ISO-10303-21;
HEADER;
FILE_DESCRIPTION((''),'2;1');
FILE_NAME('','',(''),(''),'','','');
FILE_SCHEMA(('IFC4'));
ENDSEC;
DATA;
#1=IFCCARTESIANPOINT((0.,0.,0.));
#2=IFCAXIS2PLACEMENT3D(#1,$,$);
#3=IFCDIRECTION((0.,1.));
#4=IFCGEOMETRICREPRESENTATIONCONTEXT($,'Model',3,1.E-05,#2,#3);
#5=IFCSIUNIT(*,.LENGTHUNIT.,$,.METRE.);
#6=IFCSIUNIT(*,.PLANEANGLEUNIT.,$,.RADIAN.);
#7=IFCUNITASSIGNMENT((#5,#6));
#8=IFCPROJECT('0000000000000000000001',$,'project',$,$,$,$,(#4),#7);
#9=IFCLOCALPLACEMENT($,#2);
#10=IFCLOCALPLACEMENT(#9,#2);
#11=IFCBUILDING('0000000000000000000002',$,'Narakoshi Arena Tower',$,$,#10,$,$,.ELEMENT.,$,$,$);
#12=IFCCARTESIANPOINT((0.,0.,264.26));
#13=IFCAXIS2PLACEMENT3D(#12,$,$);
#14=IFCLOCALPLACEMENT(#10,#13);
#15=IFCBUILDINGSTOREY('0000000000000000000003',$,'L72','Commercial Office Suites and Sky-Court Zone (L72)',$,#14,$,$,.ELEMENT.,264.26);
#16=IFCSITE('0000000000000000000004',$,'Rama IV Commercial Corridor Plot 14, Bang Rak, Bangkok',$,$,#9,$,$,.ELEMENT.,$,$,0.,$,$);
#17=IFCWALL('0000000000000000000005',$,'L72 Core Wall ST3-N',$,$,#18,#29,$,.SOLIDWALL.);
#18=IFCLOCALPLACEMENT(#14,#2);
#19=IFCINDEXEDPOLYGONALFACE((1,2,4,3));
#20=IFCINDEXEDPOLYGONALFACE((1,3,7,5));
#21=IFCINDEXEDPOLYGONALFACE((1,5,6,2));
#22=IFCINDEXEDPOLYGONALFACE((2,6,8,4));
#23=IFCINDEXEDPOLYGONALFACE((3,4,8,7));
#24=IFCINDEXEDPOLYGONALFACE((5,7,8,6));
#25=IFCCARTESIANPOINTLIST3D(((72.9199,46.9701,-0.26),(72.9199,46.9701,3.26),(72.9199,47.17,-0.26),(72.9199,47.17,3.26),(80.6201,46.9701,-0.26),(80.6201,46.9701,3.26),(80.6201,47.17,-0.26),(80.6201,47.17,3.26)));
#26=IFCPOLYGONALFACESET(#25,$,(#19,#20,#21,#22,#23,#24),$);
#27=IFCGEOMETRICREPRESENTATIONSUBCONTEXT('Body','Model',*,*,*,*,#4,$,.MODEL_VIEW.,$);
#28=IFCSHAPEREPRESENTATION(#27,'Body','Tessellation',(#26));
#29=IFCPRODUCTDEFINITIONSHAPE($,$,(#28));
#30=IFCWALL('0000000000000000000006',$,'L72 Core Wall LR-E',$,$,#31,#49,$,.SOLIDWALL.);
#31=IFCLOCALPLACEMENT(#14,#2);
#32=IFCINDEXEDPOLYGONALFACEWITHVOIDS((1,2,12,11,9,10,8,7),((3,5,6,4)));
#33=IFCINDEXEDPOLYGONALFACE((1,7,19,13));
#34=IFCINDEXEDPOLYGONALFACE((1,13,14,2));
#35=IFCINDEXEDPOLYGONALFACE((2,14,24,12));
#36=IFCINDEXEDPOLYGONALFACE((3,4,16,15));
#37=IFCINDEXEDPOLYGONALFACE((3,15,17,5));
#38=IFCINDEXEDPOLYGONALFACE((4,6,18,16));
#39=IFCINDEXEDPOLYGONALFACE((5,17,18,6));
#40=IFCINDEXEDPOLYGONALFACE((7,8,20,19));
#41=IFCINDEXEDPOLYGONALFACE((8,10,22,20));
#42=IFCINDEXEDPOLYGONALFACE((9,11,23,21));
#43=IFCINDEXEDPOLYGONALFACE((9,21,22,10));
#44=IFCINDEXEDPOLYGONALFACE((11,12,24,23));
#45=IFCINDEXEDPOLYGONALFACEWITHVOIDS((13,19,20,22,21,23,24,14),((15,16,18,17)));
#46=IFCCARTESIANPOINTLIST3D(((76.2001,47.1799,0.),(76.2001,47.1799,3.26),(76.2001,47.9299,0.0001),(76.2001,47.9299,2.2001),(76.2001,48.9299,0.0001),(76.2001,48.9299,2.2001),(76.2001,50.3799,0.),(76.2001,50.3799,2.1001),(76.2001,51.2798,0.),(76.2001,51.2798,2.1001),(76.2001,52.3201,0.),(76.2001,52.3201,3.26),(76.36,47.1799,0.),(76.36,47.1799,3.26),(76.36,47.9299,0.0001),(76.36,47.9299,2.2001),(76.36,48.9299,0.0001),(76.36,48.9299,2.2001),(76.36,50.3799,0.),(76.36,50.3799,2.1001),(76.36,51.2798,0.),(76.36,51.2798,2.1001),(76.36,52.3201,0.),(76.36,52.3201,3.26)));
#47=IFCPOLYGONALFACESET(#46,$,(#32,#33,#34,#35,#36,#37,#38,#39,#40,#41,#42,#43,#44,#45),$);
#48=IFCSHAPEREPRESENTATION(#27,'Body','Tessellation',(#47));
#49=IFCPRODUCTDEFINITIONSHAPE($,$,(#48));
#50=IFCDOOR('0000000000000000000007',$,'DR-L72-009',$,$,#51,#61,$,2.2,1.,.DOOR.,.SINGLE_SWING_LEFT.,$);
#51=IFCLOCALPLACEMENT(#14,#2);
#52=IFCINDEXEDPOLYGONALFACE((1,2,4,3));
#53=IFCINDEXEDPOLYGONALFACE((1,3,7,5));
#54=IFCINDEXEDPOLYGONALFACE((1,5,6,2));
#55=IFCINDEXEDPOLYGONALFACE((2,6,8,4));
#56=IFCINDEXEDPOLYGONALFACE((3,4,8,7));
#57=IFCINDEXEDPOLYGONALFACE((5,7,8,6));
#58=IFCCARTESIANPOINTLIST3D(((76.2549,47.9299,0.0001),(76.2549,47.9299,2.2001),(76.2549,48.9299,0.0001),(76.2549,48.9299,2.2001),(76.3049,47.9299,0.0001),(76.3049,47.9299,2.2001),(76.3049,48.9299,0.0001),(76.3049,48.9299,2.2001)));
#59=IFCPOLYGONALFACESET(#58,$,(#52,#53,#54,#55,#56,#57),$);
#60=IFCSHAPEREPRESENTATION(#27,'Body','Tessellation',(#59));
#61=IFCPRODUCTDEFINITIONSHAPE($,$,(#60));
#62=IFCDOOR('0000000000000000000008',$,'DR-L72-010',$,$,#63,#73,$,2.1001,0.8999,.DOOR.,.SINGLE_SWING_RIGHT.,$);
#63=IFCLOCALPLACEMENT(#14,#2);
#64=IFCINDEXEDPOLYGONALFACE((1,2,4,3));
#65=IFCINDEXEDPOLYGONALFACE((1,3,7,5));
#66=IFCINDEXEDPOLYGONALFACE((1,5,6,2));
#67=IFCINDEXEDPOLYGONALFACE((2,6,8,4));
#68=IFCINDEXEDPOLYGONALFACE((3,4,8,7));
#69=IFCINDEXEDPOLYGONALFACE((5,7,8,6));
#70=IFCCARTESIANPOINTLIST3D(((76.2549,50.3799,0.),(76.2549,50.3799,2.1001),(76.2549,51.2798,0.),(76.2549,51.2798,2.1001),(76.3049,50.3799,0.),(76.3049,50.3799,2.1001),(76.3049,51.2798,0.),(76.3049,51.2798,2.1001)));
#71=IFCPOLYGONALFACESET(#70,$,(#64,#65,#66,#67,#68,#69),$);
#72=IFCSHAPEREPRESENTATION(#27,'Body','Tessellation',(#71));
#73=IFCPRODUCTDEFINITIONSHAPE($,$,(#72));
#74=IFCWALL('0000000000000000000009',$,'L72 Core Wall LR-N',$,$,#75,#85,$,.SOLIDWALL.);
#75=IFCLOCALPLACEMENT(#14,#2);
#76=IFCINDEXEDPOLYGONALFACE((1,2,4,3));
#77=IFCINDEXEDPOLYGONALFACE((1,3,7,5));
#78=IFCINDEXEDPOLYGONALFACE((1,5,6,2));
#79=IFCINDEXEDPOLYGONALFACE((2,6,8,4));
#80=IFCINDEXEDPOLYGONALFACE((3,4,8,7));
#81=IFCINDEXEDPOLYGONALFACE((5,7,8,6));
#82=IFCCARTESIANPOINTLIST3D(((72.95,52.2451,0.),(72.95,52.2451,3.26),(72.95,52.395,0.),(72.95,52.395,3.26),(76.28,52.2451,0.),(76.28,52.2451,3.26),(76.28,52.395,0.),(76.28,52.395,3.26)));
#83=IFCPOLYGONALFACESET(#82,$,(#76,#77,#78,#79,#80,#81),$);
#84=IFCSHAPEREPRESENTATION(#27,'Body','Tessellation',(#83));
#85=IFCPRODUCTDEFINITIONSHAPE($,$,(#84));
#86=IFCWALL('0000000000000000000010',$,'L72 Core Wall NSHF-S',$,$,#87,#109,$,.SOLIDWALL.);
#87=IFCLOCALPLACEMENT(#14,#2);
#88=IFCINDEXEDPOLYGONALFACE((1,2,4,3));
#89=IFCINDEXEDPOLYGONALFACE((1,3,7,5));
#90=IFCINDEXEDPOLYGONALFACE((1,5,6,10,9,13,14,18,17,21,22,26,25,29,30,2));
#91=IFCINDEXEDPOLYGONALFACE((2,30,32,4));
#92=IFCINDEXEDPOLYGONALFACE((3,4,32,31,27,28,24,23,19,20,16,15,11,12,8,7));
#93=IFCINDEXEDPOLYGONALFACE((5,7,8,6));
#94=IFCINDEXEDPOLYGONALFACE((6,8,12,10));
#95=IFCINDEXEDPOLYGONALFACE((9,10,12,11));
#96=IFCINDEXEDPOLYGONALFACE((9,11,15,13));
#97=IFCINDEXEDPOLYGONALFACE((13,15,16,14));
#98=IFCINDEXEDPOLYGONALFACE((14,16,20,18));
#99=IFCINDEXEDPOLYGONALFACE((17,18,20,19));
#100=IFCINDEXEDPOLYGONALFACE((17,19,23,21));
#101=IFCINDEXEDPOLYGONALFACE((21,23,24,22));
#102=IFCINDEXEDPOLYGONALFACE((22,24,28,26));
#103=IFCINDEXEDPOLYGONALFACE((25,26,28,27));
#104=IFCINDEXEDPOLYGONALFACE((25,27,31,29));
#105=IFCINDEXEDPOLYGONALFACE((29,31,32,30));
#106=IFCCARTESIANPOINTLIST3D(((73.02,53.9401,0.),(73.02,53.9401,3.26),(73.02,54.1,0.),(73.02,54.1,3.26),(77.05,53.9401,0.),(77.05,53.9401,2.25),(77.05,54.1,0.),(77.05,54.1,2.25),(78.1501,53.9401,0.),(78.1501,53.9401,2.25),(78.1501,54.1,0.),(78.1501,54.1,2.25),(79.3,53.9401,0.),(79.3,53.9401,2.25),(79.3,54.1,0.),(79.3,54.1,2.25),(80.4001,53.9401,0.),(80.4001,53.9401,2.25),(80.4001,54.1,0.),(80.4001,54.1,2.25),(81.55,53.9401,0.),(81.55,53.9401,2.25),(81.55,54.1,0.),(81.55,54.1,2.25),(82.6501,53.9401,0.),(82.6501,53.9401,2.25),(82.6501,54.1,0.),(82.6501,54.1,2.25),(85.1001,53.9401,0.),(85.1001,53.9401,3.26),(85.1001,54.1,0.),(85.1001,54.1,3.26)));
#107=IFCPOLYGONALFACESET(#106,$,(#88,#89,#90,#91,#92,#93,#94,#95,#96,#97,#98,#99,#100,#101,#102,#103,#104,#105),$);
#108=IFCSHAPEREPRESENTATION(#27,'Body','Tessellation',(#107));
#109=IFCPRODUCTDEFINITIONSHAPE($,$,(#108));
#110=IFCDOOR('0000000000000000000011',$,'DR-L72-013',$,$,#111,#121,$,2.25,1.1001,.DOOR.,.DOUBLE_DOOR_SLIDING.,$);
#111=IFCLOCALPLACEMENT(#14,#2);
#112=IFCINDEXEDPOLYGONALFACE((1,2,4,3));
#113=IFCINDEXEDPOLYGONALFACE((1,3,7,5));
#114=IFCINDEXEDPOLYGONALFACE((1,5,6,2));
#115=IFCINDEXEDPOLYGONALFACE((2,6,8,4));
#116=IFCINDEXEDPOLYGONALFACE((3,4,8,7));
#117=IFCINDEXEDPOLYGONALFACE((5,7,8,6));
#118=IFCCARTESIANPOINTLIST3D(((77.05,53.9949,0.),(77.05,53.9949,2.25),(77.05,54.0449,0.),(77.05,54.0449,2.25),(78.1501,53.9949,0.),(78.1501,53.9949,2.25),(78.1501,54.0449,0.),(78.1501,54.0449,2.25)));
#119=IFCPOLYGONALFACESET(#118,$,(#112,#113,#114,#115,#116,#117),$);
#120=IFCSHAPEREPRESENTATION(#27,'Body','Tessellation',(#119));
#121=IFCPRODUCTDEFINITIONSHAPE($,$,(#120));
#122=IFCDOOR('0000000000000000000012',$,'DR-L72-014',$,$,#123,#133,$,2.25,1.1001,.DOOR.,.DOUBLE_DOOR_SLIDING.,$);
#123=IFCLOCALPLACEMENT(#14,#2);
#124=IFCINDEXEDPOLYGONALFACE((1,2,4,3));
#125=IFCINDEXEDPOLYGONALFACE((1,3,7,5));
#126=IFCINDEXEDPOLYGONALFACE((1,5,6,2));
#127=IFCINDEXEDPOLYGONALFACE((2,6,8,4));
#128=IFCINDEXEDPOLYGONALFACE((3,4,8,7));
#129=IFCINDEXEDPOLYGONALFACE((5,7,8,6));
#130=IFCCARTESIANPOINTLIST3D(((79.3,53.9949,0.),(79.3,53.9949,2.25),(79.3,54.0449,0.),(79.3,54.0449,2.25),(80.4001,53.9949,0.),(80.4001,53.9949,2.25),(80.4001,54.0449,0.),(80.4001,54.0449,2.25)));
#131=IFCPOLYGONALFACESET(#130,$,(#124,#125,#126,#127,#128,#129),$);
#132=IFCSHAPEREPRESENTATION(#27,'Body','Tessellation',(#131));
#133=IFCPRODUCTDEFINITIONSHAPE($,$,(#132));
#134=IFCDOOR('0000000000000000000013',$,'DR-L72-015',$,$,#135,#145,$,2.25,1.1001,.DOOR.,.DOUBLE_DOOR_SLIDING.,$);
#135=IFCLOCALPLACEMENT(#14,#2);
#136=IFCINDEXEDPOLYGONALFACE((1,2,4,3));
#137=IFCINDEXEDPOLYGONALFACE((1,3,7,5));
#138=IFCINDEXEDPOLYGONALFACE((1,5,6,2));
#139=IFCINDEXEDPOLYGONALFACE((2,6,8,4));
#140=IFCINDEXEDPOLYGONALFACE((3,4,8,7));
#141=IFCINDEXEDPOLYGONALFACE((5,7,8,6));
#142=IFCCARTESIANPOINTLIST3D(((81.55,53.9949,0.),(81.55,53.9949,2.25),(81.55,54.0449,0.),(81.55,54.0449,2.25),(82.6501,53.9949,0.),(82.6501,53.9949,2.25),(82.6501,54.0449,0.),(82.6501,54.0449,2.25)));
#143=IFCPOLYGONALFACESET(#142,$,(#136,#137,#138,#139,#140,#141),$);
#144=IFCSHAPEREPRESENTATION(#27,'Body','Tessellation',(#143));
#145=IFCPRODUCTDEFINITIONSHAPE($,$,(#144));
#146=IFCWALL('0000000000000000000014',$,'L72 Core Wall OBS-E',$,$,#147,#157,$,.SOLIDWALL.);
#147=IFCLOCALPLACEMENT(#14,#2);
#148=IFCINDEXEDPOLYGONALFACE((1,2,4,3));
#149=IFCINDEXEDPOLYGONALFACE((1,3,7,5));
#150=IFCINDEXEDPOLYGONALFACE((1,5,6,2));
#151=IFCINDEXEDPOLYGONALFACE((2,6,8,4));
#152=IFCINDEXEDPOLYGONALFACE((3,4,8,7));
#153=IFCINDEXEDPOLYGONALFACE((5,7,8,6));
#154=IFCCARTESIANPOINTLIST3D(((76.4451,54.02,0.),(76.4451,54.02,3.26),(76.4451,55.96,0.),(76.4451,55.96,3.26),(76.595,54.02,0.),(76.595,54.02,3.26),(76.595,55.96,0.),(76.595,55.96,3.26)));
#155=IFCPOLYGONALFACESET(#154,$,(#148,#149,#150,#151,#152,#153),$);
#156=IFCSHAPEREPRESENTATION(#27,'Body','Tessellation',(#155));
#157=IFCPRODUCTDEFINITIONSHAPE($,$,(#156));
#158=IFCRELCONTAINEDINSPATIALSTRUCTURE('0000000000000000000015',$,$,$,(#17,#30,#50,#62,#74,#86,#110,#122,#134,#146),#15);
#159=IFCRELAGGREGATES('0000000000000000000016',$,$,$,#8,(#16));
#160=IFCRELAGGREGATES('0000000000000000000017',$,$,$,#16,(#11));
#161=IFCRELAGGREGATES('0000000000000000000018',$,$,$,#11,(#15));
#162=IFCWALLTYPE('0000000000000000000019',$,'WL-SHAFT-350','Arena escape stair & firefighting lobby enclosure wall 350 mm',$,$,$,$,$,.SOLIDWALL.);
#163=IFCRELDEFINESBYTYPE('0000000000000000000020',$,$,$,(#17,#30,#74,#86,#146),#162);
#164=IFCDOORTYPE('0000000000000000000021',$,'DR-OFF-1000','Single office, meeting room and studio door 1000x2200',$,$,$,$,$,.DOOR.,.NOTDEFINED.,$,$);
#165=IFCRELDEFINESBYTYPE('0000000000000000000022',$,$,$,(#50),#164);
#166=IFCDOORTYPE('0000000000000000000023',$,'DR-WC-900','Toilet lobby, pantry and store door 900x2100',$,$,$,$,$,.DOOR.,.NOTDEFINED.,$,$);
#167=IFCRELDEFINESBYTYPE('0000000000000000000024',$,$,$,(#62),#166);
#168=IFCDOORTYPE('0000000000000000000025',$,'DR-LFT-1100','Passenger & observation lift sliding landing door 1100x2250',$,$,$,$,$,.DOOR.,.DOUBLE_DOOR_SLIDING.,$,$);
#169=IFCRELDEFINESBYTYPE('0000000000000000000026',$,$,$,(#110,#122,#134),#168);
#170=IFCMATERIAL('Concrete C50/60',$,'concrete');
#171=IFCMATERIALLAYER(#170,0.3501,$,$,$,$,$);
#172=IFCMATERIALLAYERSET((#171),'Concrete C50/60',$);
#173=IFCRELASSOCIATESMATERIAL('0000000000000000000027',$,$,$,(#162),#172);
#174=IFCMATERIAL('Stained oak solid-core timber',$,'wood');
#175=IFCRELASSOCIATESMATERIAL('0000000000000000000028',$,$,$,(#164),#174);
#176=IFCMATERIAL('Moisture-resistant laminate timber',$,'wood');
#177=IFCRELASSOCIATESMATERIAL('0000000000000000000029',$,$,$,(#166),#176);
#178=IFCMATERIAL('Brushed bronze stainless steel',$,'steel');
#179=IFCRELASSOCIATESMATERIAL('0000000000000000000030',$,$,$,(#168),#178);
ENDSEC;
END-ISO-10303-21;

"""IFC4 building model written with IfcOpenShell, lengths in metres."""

from ifc_helpers import new_model, si_unit, direction, frame, frame_2d, origin, place, context, subcontext, project, spatial, rectangle, extrude, material, layer, layer_set, type_object, element, fill, save


model = new_model("IFC4")

# Units and contexts
model_context = context("Model", 3, precision=1e-05, world=origin(), true_north=direction((0.0, 1.0)))
body_context = subcontext(model_context, "Body", "Model", "MODEL_VIEW")
ifc_project = project(units=[si_unit("LENGTHUNIT", "METRE"), si_unit("PLANEANGLEUNIT", "RADIAN")], contexts=[model_context])

# Site, building, storey
site_placement = place(None, origin())
site = spatial("IfcSite", under=ifc_project, at=site_placement, Name="Rama IV Commercial Corridor Plot 14, Bang Rak, Bangkok", CompositionType="ELEMENT", RefElevation=0.0)
building_placement = place(site_placement, origin())
building = spatial("IfcBuilding", under=site, at=building_placement, Name="Narakoshi Arena Tower", CompositionType="ELEMENT")
storey_placement = place(building_placement, frame((0.0, 0.0, 264.26)))
storey = spatial("IfcBuildingStorey", under=building, at=storey_placement, Name="L72", Description="Commercial Office Suites and Sky-Court Zone (L72)", CompositionType="ELEMENT", Elevation=264.26)

# Wall
ifc_material_1 = material(Name="Concrete C50/60", Category="concrete")
ifc_layer_1 = layer(ifc_material_1, 0.3501)
ifc_layer_set_1 = layer_set([ifc_layer_1], Name="Concrete C50/60")
wall_type_1 = type_object("IfcWallType", Name="WL-SHAFT-350", Description="Arena escape stair & firefighting lobby enclosure wall 350 mm", PredefinedType="SOLIDWALL", material=ifc_layer_set_1)
wall_1_placement = place(storey_placement, frame((72.9199, 47.0701, -0.26), z_axis=(0.0, 0.0, 1.0), x_axis=(1.0, 0.0, 0.0)))
element("IfcWall", 1, at=wall_1_placement, inside=storey, type_object=wall_type_1, Name="L72 Core Wall ST3-N", PredefinedType="SOLIDWALL", context=body_context, shape_type="SweptSolid", body=[
    extrude(rectangle(XDim=7.7002, YDim=0.2, at=frame_2d((3.8501, 0.0))), origin(), (0.0, 0.0, 1.0), 3.52),
])

# Wall, openings, doors
wall_2_placement = place(storey_placement, frame((76.28, 47.1799, 0.0), z_axis=(0.0, 0.0, 1.0), x_axis=(0.0, 1.0, 0.0)))
wall_2 = element("IfcWall", 2, at=wall_2_placement, inside=storey, type_object=wall_type_1, Name="L72 Core Wall LR-E", PredefinedType="SOLIDWALL", context=body_context, shape_type="SweptSolid", body=[
    extrude(rectangle(XDim=5.1401, YDim=0.1599, at=frame_2d((2.5701, 0.0))), origin(), (0.0, 0.0, 1.0), 3.26),
])
opening_1_placement = place(wall_2_placement, frame((0.75, 0.0, 0.0)))
opening_1 = element("IfcOpeningElement", 3, at=opening_1_placement, cuts=wall_2, PredefinedType="OPENING", context=body_context, shape_type="SweptSolid", body=[
    extrude(rectangle(XDim=1.0, YDim=2.2, at=frame_2d((0.5, 1.1001))), frame((0.0, 0.0898, 0.0), z_axis=(0.0, -1.0, 0.0), x_axis=(1.0, 0.0, 0.0)), (0.0, 0.0, 1.0), 0.1799),
])
opening_2_placement = place(wall_2_placement, frame((3.2, 0.0, 0.0)))
opening_2 = element("IfcOpeningElement", 4, at=opening_2_placement, cuts=wall_2, PredefinedType="OPENING", context=body_context, shape_type="SweptSolid", body=[
    extrude(rectangle(XDim=0.8999, YDim=2.1001, at=frame_2d((0.45, 1.05))), frame((0.0, 0.0898, 0.0), z_axis=(0.0, -1.0, 0.0), x_axis=(1.0, 0.0, 0.0)), (0.0, 0.0, 1.0), 0.1799),
])
ifc_material_2 = material(Name="Stained oak solid-core timber", Category="wood")
door_type_1 = type_object("IfcDoorType", Name="DR-OFF-1000", Description="Single office, meeting room and studio door 1000x2200", OperationType="NOTDEFINED", PredefinedType="DOOR", material=ifc_material_2)
door_1_placement = place(opening_1_placement, frame((1.0, 0.0, 0.0), z_axis=(0.0, 0.0, 1.0), x_axis=(-1.0, 0.0, 0.0)))
door_1 = element("IfcDoor", 5, at=door_1_placement, inside=storey, type_object=door_type_1, Name="DR-L72-009", OperationType="SINGLE_SWING_LEFT", OverallHeight=2.2, OverallWidth=1.0, PredefinedType="DOOR", context=body_context, shape_type="SweptSolid", body=[
    extrude(rectangle(XDim=1.0, YDim=2.2, at=frame_2d((0.5, 1.1001))), frame((0.0, 0.0249, 0.0), z_axis=(0.0, -1.0, 0.0), x_axis=(1.0, 0.0, 0.0)), (0.0, 0.0, 1.0), 0.05),
])
fill(opening_1, door_1)
ifc_material_3 = material(Name="Moisture-resistant laminate timber", Category="wood")
door_type_2 = type_object("IfcDoorType", Name="DR-WC-900", Description="Toilet lobby, pantry and store door 900x2100", OperationType="NOTDEFINED", PredefinedType="DOOR", material=ifc_material_3)
door_2_placement = place(opening_2_placement, frame((0.8999, 0.0, 0.0), z_axis=(0.0, 0.0, 1.0), x_axis=(-1.0, 0.0, 0.0)))
door_2 = element("IfcDoor", 6, at=door_2_placement, inside=storey, type_object=door_type_2, Name="DR-L72-010", OperationType="SINGLE_SWING_RIGHT", OverallHeight=2.1001, OverallWidth=0.8999, PredefinedType="DOOR", context=body_context, shape_type="SweptSolid", body=[
    extrude(rectangle(XDim=0.8999, YDim=2.1001, at=frame_2d((0.45, 1.05))), frame((0.0, 0.0249, 0.0), z_axis=(0.0, -1.0, 0.0), x_axis=(1.0, 0.0, 0.0)), (0.0, 0.0, 1.0), 0.05),
])
fill(opening_2, door_2)

# Wall
wall_3_placement = place(storey_placement, frame((72.95, 52.3201, 0.0), z_axis=(0.0, 0.0, 1.0), x_axis=(1.0, 0.0, 0.0)))
element("IfcWall", 7, at=wall_3_placement, inside=storey, type_object=wall_type_1, Name="L72 Core Wall LR-N", PredefinedType="SOLIDWALL", context=body_context, shape_type="SweptSolid", body=[
    extrude(rectangle(XDim=3.3301, YDim=0.1499, at=frame_2d((1.665, 0.0))), origin(), (0.0, 0.0, 1.0), 3.26),
])

# Wall, openings, doors
wall_4_placement = place(storey_placement, frame((73.02, 54.02, 0.0), z_axis=(0.0, 0.0, 1.0), x_axis=(1.0, 0.0, 0.0)))
wall_4 = element("IfcWall", 8, at=wall_4_placement, inside=storey, type_object=wall_type_1, Name="L72 Core Wall NSHF-S", PredefinedType="SOLIDWALL", context=body_context, shape_type="SweptSolid", body=[
    extrude(rectangle(XDim=12.0801, YDim=0.1599, at=frame_2d((6.04, 0.0))), origin(), (0.0, 0.0, 1.0), 3.26),
])
opening_3_placement = place(wall_4_placement, frame((4.03, 0.0, 0.0)))
opening_3 = element("IfcOpeningElement", 9, at=opening_3_placement, cuts=wall_4, PredefinedType="OPENING", context=body_context, shape_type="SweptSolid", body=[
    extrude(rectangle(XDim=1.1001, YDim=2.25, at=frame_2d((0.55, 1.125))), frame((0.0, 0.0898, 0.0), z_axis=(0.0, -1.0, 0.0), x_axis=(1.0, 0.0, 0.0)), (0.0, 0.0, 1.0), 0.1799),
])
opening_4_placement = place(wall_4_placement, frame((6.28, 0.0, 0.0)))
opening_4 = element("IfcOpeningElement", 10, at=opening_4_placement, cuts=wall_4, PredefinedType="OPENING", context=body_context, shape_type="SweptSolid", body=[
    extrude(rectangle(XDim=1.1001, YDim=2.25, at=frame_2d((0.55, 1.125))), frame((0.0, 0.0898, 0.0), z_axis=(0.0, -1.0, 0.0), x_axis=(1.0, 0.0, 0.0)), (0.0, 0.0, 1.0), 0.1799),
])
opening_5_placement = place(wall_4_placement, frame((8.53, 0.0, 0.0)))
opening_5 = element("IfcOpeningElement", 11, at=opening_5_placement, cuts=wall_4, PredefinedType="OPENING", context=body_context, shape_type="SweptSolid", body=[
    extrude(rectangle(XDim=1.1001, YDim=2.25, at=frame_2d((0.55, 1.125))), frame((0.0, 0.0898, 0.0), z_axis=(0.0, -1.0, 0.0), x_axis=(1.0, 0.0, 0.0)), (0.0, 0.0, 1.0), 0.1799),
])
ifc_material_4 = material(Name="Brushed bronze stainless steel", Category="steel")
door_type_3 = type_object("IfcDoorType", Name="DR-LFT-1100", Description="Passenger & observation lift sliding landing door 1100x2250", OperationType="DOUBLE_DOOR_SLIDING", PredefinedType="DOOR", material=ifc_material_4)
door_3_placement = place(opening_3_placement, origin())
door_3 = element("IfcDoor", 12, at=door_3_placement, inside=storey, type_object=door_type_3, Name="DR-L72-013", OperationType="DOUBLE_DOOR_SLIDING", OverallHeight=2.25, OverallWidth=1.1001, PredefinedType="DOOR", context=body_context, shape_type="SweptSolid", body=[
    extrude(rectangle(XDim=1.1001, YDim=2.25, at=frame_2d((0.55, 1.125))), frame((0.0, 0.0249, 0.0), z_axis=(0.0, -1.0, 0.0), x_axis=(1.0, 0.0, 0.0)), (0.0, 0.0, 1.0), 0.05),
])
fill(opening_3, door_3)
door_4_placement = place(opening_4_placement, origin())
door_4 = element("IfcDoor", 13, at=door_4_placement, inside=storey, type_object=door_type_3, Name="DR-L72-014", OperationType="DOUBLE_DOOR_SLIDING", OverallHeight=2.25, OverallWidth=1.1001, PredefinedType="DOOR", context=body_context, shape_type="SweptSolid", body=[
    extrude(rectangle(XDim=1.1001, YDim=2.25, at=frame_2d((0.55, 1.125))), frame((0.0, 0.0249, 0.0), z_axis=(0.0, -1.0, 0.0), x_axis=(1.0, 0.0, 0.0)), (0.0, 0.0, 1.0), 0.05),
])
fill(opening_4, door_4)
door_5_placement = place(opening_5_placement, origin())
door_5 = element("IfcDoor", 14, at=door_5_placement, inside=storey, type_object=door_type_3, Name="DR-L72-015", OperationType="DOUBLE_DOOR_SLIDING", OverallHeight=2.25, OverallWidth=1.1001, PredefinedType="DOOR", context=body_context, shape_type="SweptSolid", body=[
    extrude(rectangle(XDim=1.1001, YDim=2.25, at=frame_2d((0.55, 1.125))), frame((0.0, 0.0249, 0.0), z_axis=(0.0, -1.0, 0.0), x_axis=(1.0, 0.0, 0.0)), (0.0, 0.0, 1.0), 0.05),
])
fill(opening_5, door_5)

# Wall
wall_5_placement = place(storey_placement, frame((76.52, 54.02, 0.0), z_axis=(0.0, 0.0, 1.0), x_axis=(0.0, 1.0, 0.0)))
element("IfcWall", 15, at=wall_5_placement, inside=storey, type_object=wall_type_1, Name="L72 Core Wall OBS-E", PredefinedType="SOLIDWALL", context=body_context, shape_type="SweptSolid", body=[
    extrude(rectangle(XDim=1.9399, YDim=0.1499, at=frame_2d((0.97, 0.0))), origin(), (0.0, 0.0, 1.0), 3.26),
])

save(model, "model.ifc")
